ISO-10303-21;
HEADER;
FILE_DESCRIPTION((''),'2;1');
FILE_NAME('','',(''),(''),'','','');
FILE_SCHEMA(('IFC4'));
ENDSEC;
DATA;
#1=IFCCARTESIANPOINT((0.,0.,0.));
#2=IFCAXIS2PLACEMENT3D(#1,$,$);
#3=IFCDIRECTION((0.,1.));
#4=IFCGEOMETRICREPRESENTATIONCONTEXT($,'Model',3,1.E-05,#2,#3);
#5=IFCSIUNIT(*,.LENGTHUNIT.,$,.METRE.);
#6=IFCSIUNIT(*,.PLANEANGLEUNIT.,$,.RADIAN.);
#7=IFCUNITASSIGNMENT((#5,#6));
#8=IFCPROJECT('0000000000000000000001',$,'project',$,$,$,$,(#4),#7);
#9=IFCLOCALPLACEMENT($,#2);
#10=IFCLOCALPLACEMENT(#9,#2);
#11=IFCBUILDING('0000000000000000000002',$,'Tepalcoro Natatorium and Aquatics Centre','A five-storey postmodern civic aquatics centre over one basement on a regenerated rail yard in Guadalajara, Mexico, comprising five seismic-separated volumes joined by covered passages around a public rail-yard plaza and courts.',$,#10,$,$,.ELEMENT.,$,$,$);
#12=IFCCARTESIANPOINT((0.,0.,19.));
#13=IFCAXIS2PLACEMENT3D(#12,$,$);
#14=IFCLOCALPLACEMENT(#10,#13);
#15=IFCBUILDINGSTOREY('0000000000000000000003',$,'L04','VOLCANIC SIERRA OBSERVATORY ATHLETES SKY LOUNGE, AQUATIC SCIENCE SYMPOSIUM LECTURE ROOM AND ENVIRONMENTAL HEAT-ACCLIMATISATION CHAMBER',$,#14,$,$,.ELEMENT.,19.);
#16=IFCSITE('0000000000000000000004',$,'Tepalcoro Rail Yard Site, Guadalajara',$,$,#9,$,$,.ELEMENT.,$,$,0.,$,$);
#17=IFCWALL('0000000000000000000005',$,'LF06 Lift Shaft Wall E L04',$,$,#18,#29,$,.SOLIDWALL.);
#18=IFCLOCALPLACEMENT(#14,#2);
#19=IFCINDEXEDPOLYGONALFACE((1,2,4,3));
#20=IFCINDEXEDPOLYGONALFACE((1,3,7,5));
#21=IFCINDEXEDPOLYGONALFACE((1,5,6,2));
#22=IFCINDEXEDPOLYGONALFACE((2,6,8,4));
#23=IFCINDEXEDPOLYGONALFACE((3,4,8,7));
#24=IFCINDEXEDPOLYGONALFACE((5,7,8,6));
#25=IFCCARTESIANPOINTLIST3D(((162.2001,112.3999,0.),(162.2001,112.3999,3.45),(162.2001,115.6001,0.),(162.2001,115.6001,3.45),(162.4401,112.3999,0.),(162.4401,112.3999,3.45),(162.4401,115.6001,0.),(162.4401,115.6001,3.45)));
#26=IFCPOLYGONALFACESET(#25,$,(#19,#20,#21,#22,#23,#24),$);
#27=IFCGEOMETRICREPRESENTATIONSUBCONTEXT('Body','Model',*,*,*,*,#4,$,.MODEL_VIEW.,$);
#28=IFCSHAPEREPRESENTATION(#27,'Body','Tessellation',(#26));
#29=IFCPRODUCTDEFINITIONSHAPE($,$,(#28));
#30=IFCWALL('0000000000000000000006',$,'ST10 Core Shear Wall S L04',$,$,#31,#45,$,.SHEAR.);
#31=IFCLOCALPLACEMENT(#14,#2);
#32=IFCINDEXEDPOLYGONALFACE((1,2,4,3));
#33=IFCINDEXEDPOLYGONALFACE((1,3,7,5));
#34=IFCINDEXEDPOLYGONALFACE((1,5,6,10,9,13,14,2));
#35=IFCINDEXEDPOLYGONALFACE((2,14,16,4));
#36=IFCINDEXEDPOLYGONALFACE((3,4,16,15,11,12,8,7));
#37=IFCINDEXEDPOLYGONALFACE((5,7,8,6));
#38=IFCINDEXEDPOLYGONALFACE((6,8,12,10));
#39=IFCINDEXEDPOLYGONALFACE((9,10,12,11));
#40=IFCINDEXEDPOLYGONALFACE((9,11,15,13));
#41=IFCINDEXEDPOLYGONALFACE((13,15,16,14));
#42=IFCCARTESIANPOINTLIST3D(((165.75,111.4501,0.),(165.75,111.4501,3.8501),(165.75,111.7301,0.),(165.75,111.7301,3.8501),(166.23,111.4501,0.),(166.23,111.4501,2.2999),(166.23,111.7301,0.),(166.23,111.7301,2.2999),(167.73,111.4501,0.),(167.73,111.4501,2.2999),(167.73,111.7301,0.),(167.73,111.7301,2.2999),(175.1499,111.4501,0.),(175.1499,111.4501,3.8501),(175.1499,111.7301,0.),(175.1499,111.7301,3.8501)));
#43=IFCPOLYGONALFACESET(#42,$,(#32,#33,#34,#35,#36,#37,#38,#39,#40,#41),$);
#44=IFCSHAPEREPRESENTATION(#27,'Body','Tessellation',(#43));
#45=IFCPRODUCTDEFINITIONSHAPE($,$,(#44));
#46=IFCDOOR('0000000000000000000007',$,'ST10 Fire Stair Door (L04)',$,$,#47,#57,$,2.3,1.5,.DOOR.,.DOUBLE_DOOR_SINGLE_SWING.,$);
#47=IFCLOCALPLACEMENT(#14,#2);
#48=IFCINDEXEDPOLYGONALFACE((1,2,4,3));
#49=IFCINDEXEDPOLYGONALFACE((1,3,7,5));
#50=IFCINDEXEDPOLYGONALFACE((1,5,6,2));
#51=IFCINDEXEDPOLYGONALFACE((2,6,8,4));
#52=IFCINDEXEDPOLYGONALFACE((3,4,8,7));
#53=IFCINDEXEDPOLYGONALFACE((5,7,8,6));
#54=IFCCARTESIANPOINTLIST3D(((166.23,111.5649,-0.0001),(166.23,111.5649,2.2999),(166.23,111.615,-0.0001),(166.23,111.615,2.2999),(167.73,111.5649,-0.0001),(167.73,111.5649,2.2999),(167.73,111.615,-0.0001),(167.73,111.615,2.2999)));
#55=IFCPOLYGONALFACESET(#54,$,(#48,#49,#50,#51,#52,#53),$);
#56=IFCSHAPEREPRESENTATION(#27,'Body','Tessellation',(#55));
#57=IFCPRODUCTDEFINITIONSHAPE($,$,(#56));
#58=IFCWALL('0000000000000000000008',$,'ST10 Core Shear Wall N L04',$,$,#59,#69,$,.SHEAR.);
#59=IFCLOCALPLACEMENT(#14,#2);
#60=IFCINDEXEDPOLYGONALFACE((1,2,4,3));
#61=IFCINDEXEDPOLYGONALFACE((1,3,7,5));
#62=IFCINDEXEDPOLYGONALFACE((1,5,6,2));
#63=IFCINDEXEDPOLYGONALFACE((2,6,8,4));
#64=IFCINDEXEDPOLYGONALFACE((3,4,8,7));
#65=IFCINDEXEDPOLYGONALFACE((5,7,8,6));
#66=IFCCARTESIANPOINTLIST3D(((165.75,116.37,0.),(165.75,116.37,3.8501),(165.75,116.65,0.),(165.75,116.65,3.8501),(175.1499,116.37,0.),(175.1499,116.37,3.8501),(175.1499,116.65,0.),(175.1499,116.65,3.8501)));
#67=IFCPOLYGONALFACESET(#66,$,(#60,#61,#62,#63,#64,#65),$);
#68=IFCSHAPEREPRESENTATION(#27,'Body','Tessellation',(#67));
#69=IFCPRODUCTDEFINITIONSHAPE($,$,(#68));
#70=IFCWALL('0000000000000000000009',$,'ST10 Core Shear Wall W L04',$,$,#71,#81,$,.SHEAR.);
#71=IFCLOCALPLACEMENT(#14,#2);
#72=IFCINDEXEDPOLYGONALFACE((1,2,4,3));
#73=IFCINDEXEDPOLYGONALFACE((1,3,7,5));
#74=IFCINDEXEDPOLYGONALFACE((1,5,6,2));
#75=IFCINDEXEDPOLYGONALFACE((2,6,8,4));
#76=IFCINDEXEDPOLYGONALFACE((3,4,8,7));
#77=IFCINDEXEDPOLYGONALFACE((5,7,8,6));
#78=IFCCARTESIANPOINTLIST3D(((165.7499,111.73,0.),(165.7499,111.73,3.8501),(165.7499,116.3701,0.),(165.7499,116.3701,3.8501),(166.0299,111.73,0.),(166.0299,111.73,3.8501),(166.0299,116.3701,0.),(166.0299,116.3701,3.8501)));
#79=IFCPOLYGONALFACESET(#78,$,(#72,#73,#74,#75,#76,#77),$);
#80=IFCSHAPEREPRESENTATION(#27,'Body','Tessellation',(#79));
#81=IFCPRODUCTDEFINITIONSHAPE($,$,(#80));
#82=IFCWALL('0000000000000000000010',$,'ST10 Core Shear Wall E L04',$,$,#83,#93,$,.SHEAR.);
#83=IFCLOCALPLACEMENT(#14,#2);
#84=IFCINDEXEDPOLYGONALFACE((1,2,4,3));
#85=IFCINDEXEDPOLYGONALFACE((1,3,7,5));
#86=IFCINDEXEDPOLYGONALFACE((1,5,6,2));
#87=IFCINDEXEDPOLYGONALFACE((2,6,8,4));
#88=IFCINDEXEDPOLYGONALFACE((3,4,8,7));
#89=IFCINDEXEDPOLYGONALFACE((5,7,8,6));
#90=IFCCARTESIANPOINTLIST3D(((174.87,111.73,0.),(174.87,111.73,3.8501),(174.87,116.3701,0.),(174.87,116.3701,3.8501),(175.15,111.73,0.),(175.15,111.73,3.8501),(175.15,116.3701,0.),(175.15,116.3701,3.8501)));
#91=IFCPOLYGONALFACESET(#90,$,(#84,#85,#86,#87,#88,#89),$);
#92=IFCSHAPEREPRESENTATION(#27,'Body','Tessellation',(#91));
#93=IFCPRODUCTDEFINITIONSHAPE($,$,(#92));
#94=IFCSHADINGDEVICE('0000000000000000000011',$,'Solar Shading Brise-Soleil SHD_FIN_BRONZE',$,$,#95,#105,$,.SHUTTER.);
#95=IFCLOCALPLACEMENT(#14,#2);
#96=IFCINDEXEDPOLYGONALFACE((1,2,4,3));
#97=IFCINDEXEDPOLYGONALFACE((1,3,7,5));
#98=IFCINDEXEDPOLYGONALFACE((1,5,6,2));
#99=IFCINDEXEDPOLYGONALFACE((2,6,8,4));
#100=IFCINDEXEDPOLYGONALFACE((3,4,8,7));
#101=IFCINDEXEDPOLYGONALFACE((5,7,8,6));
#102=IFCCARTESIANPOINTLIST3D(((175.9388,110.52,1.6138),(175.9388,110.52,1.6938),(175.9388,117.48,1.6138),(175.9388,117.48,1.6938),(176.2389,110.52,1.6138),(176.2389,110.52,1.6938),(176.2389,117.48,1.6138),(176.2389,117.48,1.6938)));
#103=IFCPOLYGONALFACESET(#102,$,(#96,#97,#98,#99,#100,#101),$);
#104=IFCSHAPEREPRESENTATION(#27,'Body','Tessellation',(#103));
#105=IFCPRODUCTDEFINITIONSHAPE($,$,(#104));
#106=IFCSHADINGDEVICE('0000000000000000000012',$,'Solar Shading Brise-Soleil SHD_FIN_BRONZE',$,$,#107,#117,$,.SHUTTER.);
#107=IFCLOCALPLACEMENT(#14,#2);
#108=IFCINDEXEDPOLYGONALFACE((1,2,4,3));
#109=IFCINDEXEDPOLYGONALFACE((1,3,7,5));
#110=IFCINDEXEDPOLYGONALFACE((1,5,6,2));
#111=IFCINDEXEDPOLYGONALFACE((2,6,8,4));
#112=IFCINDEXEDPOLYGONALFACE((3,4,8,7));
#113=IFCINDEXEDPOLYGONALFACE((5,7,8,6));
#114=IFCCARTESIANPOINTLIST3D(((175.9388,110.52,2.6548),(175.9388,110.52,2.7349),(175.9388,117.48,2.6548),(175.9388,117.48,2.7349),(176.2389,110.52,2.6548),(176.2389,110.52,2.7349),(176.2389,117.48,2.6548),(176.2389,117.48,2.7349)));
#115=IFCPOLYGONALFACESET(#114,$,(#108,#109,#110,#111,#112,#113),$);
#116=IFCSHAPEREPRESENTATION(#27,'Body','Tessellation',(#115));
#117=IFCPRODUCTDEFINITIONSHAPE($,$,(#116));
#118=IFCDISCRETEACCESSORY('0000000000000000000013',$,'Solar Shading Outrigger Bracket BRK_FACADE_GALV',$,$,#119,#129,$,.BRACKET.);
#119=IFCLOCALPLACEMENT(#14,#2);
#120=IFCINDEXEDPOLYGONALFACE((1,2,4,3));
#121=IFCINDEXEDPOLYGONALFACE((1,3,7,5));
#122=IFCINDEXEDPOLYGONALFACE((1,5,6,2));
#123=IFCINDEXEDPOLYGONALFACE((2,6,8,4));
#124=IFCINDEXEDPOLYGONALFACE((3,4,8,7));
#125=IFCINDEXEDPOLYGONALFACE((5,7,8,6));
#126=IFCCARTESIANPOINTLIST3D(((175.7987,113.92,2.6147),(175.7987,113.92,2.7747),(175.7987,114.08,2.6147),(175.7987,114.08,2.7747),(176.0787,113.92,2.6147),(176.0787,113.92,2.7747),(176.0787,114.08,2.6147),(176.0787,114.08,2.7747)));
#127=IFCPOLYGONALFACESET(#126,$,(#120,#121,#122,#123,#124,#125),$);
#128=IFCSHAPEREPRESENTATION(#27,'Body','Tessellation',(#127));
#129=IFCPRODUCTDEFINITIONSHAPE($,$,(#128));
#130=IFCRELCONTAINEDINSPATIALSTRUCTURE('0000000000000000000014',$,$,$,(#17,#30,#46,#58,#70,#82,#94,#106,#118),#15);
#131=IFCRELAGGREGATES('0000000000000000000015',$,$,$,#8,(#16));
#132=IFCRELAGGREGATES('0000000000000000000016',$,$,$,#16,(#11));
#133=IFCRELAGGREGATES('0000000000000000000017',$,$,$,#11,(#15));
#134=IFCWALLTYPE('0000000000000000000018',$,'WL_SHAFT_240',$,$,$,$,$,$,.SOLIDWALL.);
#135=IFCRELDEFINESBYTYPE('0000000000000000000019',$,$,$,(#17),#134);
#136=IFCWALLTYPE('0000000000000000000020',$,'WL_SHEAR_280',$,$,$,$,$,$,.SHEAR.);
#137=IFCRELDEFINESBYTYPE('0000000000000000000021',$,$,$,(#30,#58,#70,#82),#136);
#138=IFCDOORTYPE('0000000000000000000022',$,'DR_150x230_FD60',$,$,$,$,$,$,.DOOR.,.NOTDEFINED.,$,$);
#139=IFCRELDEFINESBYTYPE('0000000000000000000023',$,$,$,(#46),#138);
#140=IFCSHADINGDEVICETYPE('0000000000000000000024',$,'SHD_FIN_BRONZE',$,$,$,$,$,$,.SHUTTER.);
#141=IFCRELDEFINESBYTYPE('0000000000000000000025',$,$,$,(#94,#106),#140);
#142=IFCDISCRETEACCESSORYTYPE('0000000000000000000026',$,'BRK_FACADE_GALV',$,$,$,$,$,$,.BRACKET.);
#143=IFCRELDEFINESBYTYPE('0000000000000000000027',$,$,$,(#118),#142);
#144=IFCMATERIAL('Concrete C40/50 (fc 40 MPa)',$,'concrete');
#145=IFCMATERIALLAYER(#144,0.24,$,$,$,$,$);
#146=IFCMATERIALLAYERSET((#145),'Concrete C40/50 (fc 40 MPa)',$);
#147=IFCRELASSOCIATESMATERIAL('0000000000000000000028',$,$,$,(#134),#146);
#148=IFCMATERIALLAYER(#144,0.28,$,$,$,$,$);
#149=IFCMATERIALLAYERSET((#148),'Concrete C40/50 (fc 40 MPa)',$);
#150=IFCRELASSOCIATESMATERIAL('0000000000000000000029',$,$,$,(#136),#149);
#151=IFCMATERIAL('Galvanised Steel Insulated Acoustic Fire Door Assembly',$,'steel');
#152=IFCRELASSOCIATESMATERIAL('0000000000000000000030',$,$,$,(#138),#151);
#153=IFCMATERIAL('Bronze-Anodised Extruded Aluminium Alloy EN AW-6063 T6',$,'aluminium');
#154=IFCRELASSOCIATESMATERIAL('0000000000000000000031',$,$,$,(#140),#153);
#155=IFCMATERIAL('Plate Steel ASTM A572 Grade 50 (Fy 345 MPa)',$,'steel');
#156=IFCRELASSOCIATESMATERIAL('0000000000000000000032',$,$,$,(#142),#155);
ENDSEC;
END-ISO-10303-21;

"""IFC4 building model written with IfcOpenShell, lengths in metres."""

from ifc_helpers import new_model, si_unit, direction, frame, frame_2d, origin, origin_2d, place, context, subcontext, project, spatial, rectangle, extrude, material, layer, layer_set, type_object, element, fill, save


model = new_model("IFC4")

# Units and contexts
model_context = context("Model", 3, precision=1e-05, world=origin(), true_north=direction((0.0, 1.0)))
body_context = subcontext(model_context, "Body", "Model", "MODEL_VIEW")
ifc_project = project(units=[si_unit("LENGTHUNIT", "METRE"), si_unit("PLANEANGLEUNIT", "RADIAN")], contexts=[model_context])

# Site, building, storey
site_placement = place(None, origin())
site = spatial("IfcSite", under=ifc_project, at=site_placement, Name="Tepalcoro Rail Yard Site, Guadalajara", CompositionType="ELEMENT", RefElevation=0.0)
building_placement = place(site_placement, origin())
building = spatial("IfcBuilding", under=site, at=building_placement, Name="Tepalcoro Natatorium and Aquatics Centre", Description="A five-storey postmodern civic aquatics centre over one basement on a regenerated rail yard in Guadalajara, Mexico, comprising five seismic-separated volumes joined by covered passages around a public rail-yard plaza and courts.", CompositionType="ELEMENT")
storey_placement = place(building_placement, frame((0.0, 0.0, 19.0)))
storey = spatial("IfcBuildingStorey", under=building, at=storey_placement, Name="L04", Description="VOLCANIC SIERRA OBSERVATORY ATHLETES SKY LOUNGE, AQUATIC SCIENCE SYMPOSIUM LECTURE ROOM AND ENVIRONMENTAL HEAT-ACCLIMATISATION CHAMBER", CompositionType="ELEMENT", Elevation=19.0)

# Shared definitions
ifc_material_1 = material(Name="Concrete C40/50 (fc 40 MPa)", Category="concrete")

# Shared definitions
ifc_material_2 = material(Name="Bronze-Anodised Extruded Aluminium Alloy EN AW-6063 T6", Category="aluminium")

# Wall
ifc_layer_1 = layer(ifc_material_1, 0.24)
ifc_layer_set_1 = layer_set([ifc_layer_1], Name="Concrete C40/50 (fc 40 MPa)")
wall_type_1 = type_object("IfcWallType", Name="WL_SHAFT_240", PredefinedType="SOLIDWALL", material=ifc_layer_set_1)
wall_1_placement = place(storey_placement, frame((162.3201, 112.3999, 0.0), z_axis=(0.0, 0.0, 1.0), x_axis=(0.0, 1.0, 0.0)))
element("IfcWall", 1, at=wall_1_placement, inside=storey, type_object=wall_type_1, Name="LF06 Lift Shaft Wall E L04", PredefinedType="SOLIDWALL", context=body_context, shape_type="SweptSolid", body=[
    extrude(rectangle(XDim=3.2002, YDim=0.24, at=frame_2d((1.6001, 0.0))), origin(), (0.0, 0.0, 1.0), 3.45),
])

# Wall, opening, door
ifc_layer_2 = layer(ifc_material_1, 0.28)
ifc_layer_set_2 = layer_set([ifc_layer_2], Name="Concrete C40/50 (fc 40 MPa)")
wall_type_2 = type_object("IfcWallType", Name="WL_SHEAR_280", PredefinedType="SHEAR", material=ifc_layer_set_2)
wall_2_placement = place(storey_placement, frame((165.75, 111.5901, 0.0), z_axis=(0.0, 0.0, 1.0), x_axis=(1.0, 0.0, 0.0)))
wall_2 = element("IfcWall", 2, at=wall_2_placement, inside=storey, type_object=wall_type_2, Name="ST10 Core Shear Wall S L04", PredefinedType="SHEAR", context=body_context, shape_type="SweptSolid", body=[
    extrude(rectangle(XDim=9.3999, YDim=0.28, at=frame_2d((4.7, 0.0))), origin(), (0.0, 0.0, 1.0), 3.8501),
])
opening_1_placement = place(wall_2_placement, frame((0.48, 0.0, 0.0)))
opening_1 = element("IfcOpeningElement", 3, at=opening_1_placement, cuts=wall_2, PredefinedType="OPENING", context=body_context, shape_type="SweptSolid", body=[
    extrude(rectangle(XDim=1.5, YDim=2.3, at=frame_2d((0.75, 1.1499))), frame((0.0, 0.1519, 0.0), z_axis=(0.0, -1.0, 0.0), x_axis=(1.0, 0.0, 0.0)), (0.0, 0.0, 1.0), 0.304),
])
ifc_material_3 = material(Name="Galvanised Steel Insulated Acoustic Fire Door Assembly", Category="steel")
door_type = type_object("IfcDoorType", Name="DR_150x230_FD60", OperationType="NOTDEFINED", PredefinedType="DOOR", material=ifc_material_3)
door_placement = place(opening_1_placement, origin())
door = element("IfcDoor", 4, at=door_placement, inside=storey, type_object=door_type, Name="ST10 Fire Stair Door (L04)", OperationType="DOUBLE_DOOR_SINGLE_SWING", OverallHeight=2.3, OverallWidth=1.5, PredefinedType="DOOR", context=body_context, shape_type="SweptSolid", body=[
    extrude(rectangle(XDim=1.5, YDim=2.3, at=frame_2d((0.75, 1.1499))), frame((0.0, 0.0249, 0.0), z_axis=(0.0, -1.0, 0.0), x_axis=(1.0, 0.0, 0.0)), (0.0, 0.0, 1.0), 0.05),
])
fill(opening_1, door)

# Walls
wall_3_placement = place(storey_placement, frame((165.75, 116.51, 0.0), z_axis=(0.0, 0.0, 1.0), x_axis=(1.0, 0.0, 0.0)))
element("IfcWall", 5, at=wall_3_placement, inside=storey, type_object=wall_type_2, Name="ST10 Core Shear Wall N L04", PredefinedType="SHEAR", context=body_context, shape_type="SweptSolid", body=[
    extrude(rectangle(XDim=9.3999, YDim=0.28, at=frame_2d((4.7, 0.0))), origin(), (0.0, 0.0, 1.0), 3.8501),
])
for number, where, z_axis, x_axis, name in (
    (6, (165.8899, 111.73, 0.0), (0.0, 0.0, 1.0), (0.0, 1.0, 0.0), "ST10 Core Shear Wall W L04"),
    (7, (175.01, 111.73, 0.0), (0.0, 0.0, 1.0), (0.0, 1.0, 0.0), "ST10 Core Shear Wall E L04"),
):
    element("IfcWall", number, at=place(storey_placement, frame(where, z_axis=z_axis, x_axis=x_axis)), inside=storey, type_object=wall_type_2, Name=name, PredefinedType="SHEAR", context=body_context, shape_type="SweptSolid", body=[
        extrude(rectangle(XDim=4.6401, YDim=0.28, at=frame_2d((2.3201, 0.0))), origin(), (0.0, 0.0, 1.0), 3.8501),
    ])

# Shading devices
shading_device_type = type_object("IfcShadingDeviceType", Name="SHD_FIN_BRONZE", PredefinedType="SHUTTER", material=ifc_material_2)
for number, where, z_axis, x_axis, name in (
    (8, (176.0889, 114.0, 1.6138), (0.0, 0.0, 1.0), (1.0, 0.0, 0.0), "Solar Shading Brise-Soleil SHD_FIN_BRONZE"),
    (9, (176.0889, 114.0, 2.6548), (0.0, 0.0, 1.0), (1.0, 0.0, 0.0), "Solar Shading Brise-Soleil SHD_FIN_BRONZE"),
):
    element("IfcShadingDevice", number, at=place(storey_placement, frame(where, z_axis=z_axis, x_axis=x_axis)), inside=storey, type_object=shading_device_type, Name=name, PredefinedType="SHUTTER", context=body_context, shape_type="SweptSolid", body=[
        extrude(rectangle(XDim=0.3, YDim=6.96, at=origin_2d()), origin(), (0.0, 0.0, 1.0), 0.0801),
    ])

# Discrete accessory
ifc_material_4 = material(Name="Plate Steel ASTM A572 Grade 50 (Fy 345 MPa)", Category="steel")
discrete_accessory_type = type_object("IfcDiscreteAccessoryType", Name="BRK_FACADE_GALV", PredefinedType="BRACKET", material=ifc_material_4)
discrete_accessory_placement = place(storey_placement, frame((175.9387, 114.0, 2.6147), z_axis=(0.0, 0.0, 1.0), x_axis=(1.0, 0.0, 0.0)))
element("IfcDiscreteAccessory", 10, at=discrete_accessory_placement, inside=storey, type_object=discrete_accessory_type, Name="Solar Shading Outrigger Bracket BRK_FACADE_GALV", PredefinedType="BRACKET", context=body_context, shape_type="SweptSolid", body=[
    extrude(rectangle(XDim=0.28, YDim=0.1599, at=origin_2d()), origin(), (0.0, 0.0, 1.0), 0.1599),
])

save(model, "model.ifc")
